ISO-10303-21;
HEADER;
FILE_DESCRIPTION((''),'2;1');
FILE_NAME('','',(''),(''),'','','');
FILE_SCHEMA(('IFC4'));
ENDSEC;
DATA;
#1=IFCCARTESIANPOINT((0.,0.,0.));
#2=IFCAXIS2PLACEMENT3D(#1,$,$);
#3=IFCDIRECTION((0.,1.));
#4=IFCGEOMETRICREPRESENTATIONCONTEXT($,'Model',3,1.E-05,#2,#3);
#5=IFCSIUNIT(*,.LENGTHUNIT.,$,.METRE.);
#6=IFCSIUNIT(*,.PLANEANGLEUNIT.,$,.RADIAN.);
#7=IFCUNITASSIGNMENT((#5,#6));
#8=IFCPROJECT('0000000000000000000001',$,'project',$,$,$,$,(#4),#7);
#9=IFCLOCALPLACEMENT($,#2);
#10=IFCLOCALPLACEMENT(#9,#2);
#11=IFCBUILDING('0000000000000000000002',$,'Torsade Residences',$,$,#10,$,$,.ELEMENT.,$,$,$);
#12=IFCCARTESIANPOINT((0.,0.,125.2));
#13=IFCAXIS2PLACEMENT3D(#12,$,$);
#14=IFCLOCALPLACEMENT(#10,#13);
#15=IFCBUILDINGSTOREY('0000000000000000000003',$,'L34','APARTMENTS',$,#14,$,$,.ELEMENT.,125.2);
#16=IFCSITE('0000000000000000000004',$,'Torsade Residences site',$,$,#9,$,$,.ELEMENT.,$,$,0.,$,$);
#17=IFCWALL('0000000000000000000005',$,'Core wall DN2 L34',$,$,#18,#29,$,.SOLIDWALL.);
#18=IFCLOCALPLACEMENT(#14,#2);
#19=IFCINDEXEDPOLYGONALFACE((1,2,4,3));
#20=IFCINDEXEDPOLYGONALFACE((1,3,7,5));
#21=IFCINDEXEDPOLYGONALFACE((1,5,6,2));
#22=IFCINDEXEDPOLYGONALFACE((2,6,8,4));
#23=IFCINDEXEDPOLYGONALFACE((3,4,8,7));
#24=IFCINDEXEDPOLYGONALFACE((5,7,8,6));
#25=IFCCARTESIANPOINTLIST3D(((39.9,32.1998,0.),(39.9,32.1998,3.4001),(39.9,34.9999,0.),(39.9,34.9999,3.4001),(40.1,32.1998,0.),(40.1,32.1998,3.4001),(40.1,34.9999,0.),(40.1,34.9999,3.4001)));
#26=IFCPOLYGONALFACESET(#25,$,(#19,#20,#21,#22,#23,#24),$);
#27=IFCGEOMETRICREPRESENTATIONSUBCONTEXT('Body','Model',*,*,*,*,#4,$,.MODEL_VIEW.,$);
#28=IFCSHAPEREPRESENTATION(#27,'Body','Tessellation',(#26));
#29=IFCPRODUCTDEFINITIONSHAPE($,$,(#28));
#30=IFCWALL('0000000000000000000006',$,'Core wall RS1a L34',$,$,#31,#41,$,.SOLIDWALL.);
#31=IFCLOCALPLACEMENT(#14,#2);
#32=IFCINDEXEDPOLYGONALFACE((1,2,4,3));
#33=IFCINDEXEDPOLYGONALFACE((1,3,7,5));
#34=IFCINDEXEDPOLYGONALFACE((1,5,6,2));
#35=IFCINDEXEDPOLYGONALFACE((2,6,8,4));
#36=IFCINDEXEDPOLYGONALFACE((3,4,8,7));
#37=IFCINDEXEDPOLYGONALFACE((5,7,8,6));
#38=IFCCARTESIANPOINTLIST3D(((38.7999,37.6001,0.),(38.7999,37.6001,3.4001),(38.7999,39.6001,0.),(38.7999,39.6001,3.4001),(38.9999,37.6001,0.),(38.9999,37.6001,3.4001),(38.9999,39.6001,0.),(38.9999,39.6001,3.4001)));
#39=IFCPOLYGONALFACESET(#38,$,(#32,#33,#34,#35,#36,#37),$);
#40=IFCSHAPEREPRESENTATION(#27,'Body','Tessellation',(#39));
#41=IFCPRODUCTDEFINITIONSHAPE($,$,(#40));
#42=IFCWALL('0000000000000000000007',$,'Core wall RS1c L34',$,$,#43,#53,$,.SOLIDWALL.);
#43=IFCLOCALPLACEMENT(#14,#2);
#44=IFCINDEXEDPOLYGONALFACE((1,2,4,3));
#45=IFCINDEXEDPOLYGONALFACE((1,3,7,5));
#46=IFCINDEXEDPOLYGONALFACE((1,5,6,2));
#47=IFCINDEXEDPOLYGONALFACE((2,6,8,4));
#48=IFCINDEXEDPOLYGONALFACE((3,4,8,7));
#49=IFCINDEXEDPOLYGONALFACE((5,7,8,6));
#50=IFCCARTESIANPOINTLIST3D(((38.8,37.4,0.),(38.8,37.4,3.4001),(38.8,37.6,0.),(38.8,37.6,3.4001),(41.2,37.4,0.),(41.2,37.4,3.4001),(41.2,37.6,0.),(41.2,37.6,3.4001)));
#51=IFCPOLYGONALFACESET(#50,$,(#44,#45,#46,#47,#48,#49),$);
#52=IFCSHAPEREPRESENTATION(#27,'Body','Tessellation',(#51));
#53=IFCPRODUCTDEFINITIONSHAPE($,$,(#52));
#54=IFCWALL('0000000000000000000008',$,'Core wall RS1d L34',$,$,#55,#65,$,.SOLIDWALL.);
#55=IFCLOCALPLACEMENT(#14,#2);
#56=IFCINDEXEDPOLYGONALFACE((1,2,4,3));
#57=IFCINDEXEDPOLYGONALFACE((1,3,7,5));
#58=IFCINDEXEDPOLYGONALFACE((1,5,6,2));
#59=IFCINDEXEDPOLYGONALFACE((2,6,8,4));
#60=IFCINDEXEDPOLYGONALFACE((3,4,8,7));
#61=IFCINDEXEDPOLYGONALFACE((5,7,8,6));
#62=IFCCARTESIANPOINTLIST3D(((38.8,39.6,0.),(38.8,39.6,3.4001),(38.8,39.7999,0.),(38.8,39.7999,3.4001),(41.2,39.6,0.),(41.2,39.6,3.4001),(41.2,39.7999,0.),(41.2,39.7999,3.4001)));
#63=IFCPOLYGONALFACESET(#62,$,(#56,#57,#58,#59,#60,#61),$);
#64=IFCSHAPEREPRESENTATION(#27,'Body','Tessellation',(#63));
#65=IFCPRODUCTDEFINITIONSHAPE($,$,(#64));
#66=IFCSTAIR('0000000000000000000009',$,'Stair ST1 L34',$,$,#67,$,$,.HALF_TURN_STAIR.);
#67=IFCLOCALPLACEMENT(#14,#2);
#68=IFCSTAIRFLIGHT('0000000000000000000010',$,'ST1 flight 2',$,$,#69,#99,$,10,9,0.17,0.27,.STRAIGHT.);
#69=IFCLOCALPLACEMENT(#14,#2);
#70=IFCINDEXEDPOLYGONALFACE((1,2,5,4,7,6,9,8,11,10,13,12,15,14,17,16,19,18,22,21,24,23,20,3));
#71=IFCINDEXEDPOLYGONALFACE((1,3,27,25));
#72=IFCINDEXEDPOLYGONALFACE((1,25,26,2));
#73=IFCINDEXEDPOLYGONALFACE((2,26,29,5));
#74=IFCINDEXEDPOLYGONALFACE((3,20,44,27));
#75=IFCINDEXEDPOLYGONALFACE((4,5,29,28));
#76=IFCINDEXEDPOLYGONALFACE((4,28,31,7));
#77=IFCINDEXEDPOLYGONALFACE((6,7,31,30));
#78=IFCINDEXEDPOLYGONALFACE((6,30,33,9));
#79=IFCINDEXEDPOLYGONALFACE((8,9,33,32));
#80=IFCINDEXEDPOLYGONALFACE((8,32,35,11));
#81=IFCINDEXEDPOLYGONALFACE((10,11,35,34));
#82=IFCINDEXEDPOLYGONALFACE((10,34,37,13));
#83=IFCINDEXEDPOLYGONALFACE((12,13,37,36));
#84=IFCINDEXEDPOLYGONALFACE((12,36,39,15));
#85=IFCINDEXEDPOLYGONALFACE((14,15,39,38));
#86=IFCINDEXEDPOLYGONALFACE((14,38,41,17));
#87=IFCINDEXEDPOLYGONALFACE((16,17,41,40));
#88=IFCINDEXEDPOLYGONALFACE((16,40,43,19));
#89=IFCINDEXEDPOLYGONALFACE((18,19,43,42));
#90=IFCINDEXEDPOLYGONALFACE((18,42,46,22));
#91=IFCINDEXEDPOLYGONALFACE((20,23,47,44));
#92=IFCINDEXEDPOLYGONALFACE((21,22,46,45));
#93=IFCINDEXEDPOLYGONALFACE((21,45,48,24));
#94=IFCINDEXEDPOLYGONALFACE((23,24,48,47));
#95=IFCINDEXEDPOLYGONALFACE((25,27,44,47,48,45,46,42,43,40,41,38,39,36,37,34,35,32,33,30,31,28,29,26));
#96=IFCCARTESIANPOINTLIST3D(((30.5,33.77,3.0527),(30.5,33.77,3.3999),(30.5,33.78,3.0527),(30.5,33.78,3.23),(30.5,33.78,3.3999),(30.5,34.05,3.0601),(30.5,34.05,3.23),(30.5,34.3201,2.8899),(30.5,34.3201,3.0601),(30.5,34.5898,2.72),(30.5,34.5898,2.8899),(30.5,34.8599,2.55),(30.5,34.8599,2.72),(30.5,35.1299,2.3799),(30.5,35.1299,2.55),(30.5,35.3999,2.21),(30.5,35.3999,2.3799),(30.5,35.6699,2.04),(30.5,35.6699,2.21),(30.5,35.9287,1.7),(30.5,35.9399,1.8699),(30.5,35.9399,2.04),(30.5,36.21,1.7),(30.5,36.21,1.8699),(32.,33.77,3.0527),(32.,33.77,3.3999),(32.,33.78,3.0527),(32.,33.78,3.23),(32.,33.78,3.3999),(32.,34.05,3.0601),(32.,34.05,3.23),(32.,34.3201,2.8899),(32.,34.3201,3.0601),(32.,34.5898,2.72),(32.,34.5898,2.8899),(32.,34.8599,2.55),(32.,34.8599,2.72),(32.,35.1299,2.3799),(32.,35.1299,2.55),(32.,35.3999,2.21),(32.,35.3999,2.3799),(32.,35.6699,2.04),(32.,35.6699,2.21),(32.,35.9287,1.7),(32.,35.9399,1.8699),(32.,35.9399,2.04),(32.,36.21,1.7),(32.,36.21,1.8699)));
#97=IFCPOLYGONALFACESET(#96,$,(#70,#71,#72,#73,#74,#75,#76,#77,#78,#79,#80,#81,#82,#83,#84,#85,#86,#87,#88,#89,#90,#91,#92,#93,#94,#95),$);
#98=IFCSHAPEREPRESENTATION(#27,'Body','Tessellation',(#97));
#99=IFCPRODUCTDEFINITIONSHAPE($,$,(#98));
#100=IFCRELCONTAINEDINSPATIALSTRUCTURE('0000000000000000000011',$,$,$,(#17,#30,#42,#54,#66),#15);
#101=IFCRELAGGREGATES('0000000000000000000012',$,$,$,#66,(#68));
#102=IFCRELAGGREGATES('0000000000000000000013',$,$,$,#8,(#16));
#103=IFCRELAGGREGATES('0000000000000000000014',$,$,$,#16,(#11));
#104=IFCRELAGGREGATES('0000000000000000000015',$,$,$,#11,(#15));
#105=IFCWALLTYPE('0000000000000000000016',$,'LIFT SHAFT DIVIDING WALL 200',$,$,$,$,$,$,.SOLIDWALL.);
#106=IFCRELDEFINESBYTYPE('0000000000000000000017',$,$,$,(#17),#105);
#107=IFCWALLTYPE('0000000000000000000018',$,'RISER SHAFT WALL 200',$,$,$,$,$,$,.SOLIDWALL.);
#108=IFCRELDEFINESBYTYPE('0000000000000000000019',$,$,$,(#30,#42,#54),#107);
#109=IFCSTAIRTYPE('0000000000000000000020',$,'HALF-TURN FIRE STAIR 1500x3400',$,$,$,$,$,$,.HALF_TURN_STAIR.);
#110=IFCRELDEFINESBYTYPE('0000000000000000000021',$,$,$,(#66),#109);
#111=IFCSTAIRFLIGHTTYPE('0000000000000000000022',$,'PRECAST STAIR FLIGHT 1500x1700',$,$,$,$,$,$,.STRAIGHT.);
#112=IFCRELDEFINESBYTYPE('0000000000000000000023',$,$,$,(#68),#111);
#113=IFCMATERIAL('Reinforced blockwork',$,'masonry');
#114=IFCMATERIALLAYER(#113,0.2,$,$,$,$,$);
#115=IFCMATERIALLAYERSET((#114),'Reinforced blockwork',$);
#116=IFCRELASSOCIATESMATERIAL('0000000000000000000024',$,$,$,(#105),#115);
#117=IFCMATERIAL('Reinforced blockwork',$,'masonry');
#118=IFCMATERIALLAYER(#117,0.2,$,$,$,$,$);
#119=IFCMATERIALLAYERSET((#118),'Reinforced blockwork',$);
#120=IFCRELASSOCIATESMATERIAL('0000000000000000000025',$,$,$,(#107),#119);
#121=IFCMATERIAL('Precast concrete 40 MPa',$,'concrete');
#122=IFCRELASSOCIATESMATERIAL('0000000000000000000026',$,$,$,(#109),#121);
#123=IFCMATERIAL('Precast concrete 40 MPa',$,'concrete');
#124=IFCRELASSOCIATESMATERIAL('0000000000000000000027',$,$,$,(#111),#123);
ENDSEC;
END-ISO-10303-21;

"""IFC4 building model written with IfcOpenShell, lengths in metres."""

from ifc_helpers import new_model, si_unit, direction, frame, frame_2d, origin, place, context, subcontext, project, spatial, polyline, rectangle, outline, extrude, material, layer, layer_set, type_object, element, aggregate, save


model = new_model("IFC4")

# Units and contexts
model_context = context("Model", 3, precision=1e-05, world=origin(), true_north=direction((0.0, 1.0)))
body_context = subcontext(model_context, "Body", "Model", "MODEL_VIEW")
ifc_project = project(units=[si_unit("LENGTHUNIT", "METRE"), si_unit("PLANEANGLEUNIT", "RADIAN")], contexts=[model_context])

# Site, building, storey
site_placement = place(None, origin())
site = spatial("IfcSite", under=ifc_project, at=site_placement, Name="Torsade Residences site", CompositionType="ELEMENT", RefElevation=0.0)
building_placement = place(site_placement, origin())
building = spatial("IfcBuilding", under=site, at=building_placement, Name="Torsade Residences", CompositionType="ELEMENT")
storey_placement = place(building_placement, frame((0.0, 0.0, 125.2)))
storey = spatial("IfcBuildingStorey", under=building, at=storey_placement, Name="L34", Description="APARTMENTS", CompositionType="ELEMENT", Elevation=125.2)

# Walls
ifc_material_1 = material(Name="Reinforced blockwork", Category="masonry")
ifc_layer_1 = layer(ifc_material_1, 0.2)
ifc_layer_set_1 = layer_set([ifc_layer_1], Name="Reinforced blockwork")
wall_type_1 = type_object("IfcWallType", Name="LIFT SHAFT DIVIDING WALL 200", PredefinedType="SOLIDWALL", material=ifc_layer_set_1)
for number, where, z_axis, x_axis, name in (
    (1, (40.0, 32.2, 0.0), (0.0, 0.0, 1.0), (0.0, 1.0, 0.0), "Core wall DN2 L34"),
):
    element("IfcWall", number, at=place(storey_placement, frame(where, z_axis=z_axis, x_axis=x_axis)), inside=storey, type_object=wall_type_1, Name=name, PredefinedType="SOLIDWALL", context=body_context, shape_type="SweptSolid", body=[
        extrude(rectangle(XDim=2.8, YDim=0.2, at=frame_2d((1.3999, 0.0))), origin(), (0.0, 0.0, 1.0), 3.4001),
    ])
ifc_material_2 = material(Name="Reinforced blockwork", Category="masonry")
ifc_layer_2 = layer(ifc_material_2, 0.2)
ifc_layer_set_2 = layer_set([ifc_layer_2], Name="Reinforced blockwork")
wall_type_2 = type_object("IfcWallType", Name="RISER SHAFT WALL 200", PredefinedType="SOLIDWALL", material=ifc_layer_set_2)
wall_1_placement = place(storey_placement, frame((38.8999, 37.6001, 0.0), z_axis=(0.0, 0.0, 1.0), x_axis=(0.0, 1.0, 0.0)))
element("IfcWall", 2, at=wall_1_placement, inside=storey, type_object=wall_type_2, Name="Core wall RS1a L34", PredefinedType="SOLIDWALL", context=body_context, shape_type="SweptSolid", body=[
    extrude(rectangle(XDim=2.0, YDim=0.2, at=frame_2d((1.0, 0.0))), origin(), (0.0, 0.0, 1.0), 3.4001),
])
for number, where, z_axis, x_axis, name in (
    (3, (38.8, 37.5, 0.0), (0.0, 0.0, 1.0), (1.0, 0.0, 0.0), "Core wall RS1c L34"),
    (4, (38.8, 39.7, 0.0), (0.0, 0.0, 1.0), (1.0, 0.0, 0.0), "Core wall RS1d L34"),
):
    element("IfcWall", number, at=place(storey_placement, frame(where, z_axis=z_axis, x_axis=x_axis)), inside=storey, type_object=wall_type_2, Name=name, PredefinedType="SOLIDWALL", context=body_context, shape_type="SweptSolid", body=[
        extrude(rectangle(XDim=2.3999, YDim=0.2, at=frame_2d((1.2, 0.0))), origin(), (0.0, 0.0, 1.0), 3.4001),
    ])

# Stair, stair flight
ifc_material_3 = material(Name="Precast concrete 40 MPa", Category="concrete")
stair_type = type_object("IfcStairType", Name="HALF-TURN FIRE STAIR 1500x3400", PredefinedType="HALF_TURN_STAIR", material=ifc_material_3)
stair_placement = place(storey_placement, origin())
stair = element("IfcStair", 5, at=stair_placement, inside=storey, type_object=stair_type, Name="Stair ST1 L34", PredefinedType="HALF_TURN_STAIR")
ifc_material_4 = material(Name="Precast concrete 40 MPa", Category="concrete")
stair_flight_type = type_object("IfcStairFlightType", Name="PRECAST STAIR FLIGHT 1500x1700", PredefinedType="STRAIGHT", material=ifc_material_4)
stair_flight_placement = place(storey_placement, frame((31.25, 36.21, 1.7), z_axis=(0.0, 0.0, 1.0), x_axis=(0.0, -1.0, 0.0)))
stair_flight = element("IfcStairFlight", 6, at=stair_flight_placement, type_object=stair_flight_type, Name="ST1 flight 2", NumberOfRisers=10, NumberOfTreads=9, PredefinedType="STRAIGHT", RiserHeight=0.17, TreadLength=0.27, context=body_context, shape_type="SweptSolid", body=[
    extrude(outline(polyline([(0.0, 0.0), (0.0, 0.1699), (0.27, 0.1699), (0.27, 0.3401), (0.54, 0.3401), (0.54, 0.51), (0.8101, 0.51), (0.8101, 0.6799), (1.0801, 0.6799), (1.0801, 0.8501), (1.3501, 0.8501), (1.3501, 1.02), (1.6201, 1.02), (1.6201, 1.1899), (1.8899, 1.1899), (1.8899, 1.3601), (2.1599, 1.3601), (2.1599, 1.53), (2.4299, 1.53), (2.4299, 1.7), (2.4399, 1.7), (2.4399, 1.3528), (2.4299, 1.3528), (0.2812, 0.0), (0.0, 0.0)])), frame((0.0, 0.75, 0.0), z_axis=(0.0, -1.0, 0.0), x_axis=(1.0, 0.0, 0.0)), (0.0, 0.0, 1.0), 1.5),
])
aggregate(stair, [stair_flight])

save(model, "model.ifc")
